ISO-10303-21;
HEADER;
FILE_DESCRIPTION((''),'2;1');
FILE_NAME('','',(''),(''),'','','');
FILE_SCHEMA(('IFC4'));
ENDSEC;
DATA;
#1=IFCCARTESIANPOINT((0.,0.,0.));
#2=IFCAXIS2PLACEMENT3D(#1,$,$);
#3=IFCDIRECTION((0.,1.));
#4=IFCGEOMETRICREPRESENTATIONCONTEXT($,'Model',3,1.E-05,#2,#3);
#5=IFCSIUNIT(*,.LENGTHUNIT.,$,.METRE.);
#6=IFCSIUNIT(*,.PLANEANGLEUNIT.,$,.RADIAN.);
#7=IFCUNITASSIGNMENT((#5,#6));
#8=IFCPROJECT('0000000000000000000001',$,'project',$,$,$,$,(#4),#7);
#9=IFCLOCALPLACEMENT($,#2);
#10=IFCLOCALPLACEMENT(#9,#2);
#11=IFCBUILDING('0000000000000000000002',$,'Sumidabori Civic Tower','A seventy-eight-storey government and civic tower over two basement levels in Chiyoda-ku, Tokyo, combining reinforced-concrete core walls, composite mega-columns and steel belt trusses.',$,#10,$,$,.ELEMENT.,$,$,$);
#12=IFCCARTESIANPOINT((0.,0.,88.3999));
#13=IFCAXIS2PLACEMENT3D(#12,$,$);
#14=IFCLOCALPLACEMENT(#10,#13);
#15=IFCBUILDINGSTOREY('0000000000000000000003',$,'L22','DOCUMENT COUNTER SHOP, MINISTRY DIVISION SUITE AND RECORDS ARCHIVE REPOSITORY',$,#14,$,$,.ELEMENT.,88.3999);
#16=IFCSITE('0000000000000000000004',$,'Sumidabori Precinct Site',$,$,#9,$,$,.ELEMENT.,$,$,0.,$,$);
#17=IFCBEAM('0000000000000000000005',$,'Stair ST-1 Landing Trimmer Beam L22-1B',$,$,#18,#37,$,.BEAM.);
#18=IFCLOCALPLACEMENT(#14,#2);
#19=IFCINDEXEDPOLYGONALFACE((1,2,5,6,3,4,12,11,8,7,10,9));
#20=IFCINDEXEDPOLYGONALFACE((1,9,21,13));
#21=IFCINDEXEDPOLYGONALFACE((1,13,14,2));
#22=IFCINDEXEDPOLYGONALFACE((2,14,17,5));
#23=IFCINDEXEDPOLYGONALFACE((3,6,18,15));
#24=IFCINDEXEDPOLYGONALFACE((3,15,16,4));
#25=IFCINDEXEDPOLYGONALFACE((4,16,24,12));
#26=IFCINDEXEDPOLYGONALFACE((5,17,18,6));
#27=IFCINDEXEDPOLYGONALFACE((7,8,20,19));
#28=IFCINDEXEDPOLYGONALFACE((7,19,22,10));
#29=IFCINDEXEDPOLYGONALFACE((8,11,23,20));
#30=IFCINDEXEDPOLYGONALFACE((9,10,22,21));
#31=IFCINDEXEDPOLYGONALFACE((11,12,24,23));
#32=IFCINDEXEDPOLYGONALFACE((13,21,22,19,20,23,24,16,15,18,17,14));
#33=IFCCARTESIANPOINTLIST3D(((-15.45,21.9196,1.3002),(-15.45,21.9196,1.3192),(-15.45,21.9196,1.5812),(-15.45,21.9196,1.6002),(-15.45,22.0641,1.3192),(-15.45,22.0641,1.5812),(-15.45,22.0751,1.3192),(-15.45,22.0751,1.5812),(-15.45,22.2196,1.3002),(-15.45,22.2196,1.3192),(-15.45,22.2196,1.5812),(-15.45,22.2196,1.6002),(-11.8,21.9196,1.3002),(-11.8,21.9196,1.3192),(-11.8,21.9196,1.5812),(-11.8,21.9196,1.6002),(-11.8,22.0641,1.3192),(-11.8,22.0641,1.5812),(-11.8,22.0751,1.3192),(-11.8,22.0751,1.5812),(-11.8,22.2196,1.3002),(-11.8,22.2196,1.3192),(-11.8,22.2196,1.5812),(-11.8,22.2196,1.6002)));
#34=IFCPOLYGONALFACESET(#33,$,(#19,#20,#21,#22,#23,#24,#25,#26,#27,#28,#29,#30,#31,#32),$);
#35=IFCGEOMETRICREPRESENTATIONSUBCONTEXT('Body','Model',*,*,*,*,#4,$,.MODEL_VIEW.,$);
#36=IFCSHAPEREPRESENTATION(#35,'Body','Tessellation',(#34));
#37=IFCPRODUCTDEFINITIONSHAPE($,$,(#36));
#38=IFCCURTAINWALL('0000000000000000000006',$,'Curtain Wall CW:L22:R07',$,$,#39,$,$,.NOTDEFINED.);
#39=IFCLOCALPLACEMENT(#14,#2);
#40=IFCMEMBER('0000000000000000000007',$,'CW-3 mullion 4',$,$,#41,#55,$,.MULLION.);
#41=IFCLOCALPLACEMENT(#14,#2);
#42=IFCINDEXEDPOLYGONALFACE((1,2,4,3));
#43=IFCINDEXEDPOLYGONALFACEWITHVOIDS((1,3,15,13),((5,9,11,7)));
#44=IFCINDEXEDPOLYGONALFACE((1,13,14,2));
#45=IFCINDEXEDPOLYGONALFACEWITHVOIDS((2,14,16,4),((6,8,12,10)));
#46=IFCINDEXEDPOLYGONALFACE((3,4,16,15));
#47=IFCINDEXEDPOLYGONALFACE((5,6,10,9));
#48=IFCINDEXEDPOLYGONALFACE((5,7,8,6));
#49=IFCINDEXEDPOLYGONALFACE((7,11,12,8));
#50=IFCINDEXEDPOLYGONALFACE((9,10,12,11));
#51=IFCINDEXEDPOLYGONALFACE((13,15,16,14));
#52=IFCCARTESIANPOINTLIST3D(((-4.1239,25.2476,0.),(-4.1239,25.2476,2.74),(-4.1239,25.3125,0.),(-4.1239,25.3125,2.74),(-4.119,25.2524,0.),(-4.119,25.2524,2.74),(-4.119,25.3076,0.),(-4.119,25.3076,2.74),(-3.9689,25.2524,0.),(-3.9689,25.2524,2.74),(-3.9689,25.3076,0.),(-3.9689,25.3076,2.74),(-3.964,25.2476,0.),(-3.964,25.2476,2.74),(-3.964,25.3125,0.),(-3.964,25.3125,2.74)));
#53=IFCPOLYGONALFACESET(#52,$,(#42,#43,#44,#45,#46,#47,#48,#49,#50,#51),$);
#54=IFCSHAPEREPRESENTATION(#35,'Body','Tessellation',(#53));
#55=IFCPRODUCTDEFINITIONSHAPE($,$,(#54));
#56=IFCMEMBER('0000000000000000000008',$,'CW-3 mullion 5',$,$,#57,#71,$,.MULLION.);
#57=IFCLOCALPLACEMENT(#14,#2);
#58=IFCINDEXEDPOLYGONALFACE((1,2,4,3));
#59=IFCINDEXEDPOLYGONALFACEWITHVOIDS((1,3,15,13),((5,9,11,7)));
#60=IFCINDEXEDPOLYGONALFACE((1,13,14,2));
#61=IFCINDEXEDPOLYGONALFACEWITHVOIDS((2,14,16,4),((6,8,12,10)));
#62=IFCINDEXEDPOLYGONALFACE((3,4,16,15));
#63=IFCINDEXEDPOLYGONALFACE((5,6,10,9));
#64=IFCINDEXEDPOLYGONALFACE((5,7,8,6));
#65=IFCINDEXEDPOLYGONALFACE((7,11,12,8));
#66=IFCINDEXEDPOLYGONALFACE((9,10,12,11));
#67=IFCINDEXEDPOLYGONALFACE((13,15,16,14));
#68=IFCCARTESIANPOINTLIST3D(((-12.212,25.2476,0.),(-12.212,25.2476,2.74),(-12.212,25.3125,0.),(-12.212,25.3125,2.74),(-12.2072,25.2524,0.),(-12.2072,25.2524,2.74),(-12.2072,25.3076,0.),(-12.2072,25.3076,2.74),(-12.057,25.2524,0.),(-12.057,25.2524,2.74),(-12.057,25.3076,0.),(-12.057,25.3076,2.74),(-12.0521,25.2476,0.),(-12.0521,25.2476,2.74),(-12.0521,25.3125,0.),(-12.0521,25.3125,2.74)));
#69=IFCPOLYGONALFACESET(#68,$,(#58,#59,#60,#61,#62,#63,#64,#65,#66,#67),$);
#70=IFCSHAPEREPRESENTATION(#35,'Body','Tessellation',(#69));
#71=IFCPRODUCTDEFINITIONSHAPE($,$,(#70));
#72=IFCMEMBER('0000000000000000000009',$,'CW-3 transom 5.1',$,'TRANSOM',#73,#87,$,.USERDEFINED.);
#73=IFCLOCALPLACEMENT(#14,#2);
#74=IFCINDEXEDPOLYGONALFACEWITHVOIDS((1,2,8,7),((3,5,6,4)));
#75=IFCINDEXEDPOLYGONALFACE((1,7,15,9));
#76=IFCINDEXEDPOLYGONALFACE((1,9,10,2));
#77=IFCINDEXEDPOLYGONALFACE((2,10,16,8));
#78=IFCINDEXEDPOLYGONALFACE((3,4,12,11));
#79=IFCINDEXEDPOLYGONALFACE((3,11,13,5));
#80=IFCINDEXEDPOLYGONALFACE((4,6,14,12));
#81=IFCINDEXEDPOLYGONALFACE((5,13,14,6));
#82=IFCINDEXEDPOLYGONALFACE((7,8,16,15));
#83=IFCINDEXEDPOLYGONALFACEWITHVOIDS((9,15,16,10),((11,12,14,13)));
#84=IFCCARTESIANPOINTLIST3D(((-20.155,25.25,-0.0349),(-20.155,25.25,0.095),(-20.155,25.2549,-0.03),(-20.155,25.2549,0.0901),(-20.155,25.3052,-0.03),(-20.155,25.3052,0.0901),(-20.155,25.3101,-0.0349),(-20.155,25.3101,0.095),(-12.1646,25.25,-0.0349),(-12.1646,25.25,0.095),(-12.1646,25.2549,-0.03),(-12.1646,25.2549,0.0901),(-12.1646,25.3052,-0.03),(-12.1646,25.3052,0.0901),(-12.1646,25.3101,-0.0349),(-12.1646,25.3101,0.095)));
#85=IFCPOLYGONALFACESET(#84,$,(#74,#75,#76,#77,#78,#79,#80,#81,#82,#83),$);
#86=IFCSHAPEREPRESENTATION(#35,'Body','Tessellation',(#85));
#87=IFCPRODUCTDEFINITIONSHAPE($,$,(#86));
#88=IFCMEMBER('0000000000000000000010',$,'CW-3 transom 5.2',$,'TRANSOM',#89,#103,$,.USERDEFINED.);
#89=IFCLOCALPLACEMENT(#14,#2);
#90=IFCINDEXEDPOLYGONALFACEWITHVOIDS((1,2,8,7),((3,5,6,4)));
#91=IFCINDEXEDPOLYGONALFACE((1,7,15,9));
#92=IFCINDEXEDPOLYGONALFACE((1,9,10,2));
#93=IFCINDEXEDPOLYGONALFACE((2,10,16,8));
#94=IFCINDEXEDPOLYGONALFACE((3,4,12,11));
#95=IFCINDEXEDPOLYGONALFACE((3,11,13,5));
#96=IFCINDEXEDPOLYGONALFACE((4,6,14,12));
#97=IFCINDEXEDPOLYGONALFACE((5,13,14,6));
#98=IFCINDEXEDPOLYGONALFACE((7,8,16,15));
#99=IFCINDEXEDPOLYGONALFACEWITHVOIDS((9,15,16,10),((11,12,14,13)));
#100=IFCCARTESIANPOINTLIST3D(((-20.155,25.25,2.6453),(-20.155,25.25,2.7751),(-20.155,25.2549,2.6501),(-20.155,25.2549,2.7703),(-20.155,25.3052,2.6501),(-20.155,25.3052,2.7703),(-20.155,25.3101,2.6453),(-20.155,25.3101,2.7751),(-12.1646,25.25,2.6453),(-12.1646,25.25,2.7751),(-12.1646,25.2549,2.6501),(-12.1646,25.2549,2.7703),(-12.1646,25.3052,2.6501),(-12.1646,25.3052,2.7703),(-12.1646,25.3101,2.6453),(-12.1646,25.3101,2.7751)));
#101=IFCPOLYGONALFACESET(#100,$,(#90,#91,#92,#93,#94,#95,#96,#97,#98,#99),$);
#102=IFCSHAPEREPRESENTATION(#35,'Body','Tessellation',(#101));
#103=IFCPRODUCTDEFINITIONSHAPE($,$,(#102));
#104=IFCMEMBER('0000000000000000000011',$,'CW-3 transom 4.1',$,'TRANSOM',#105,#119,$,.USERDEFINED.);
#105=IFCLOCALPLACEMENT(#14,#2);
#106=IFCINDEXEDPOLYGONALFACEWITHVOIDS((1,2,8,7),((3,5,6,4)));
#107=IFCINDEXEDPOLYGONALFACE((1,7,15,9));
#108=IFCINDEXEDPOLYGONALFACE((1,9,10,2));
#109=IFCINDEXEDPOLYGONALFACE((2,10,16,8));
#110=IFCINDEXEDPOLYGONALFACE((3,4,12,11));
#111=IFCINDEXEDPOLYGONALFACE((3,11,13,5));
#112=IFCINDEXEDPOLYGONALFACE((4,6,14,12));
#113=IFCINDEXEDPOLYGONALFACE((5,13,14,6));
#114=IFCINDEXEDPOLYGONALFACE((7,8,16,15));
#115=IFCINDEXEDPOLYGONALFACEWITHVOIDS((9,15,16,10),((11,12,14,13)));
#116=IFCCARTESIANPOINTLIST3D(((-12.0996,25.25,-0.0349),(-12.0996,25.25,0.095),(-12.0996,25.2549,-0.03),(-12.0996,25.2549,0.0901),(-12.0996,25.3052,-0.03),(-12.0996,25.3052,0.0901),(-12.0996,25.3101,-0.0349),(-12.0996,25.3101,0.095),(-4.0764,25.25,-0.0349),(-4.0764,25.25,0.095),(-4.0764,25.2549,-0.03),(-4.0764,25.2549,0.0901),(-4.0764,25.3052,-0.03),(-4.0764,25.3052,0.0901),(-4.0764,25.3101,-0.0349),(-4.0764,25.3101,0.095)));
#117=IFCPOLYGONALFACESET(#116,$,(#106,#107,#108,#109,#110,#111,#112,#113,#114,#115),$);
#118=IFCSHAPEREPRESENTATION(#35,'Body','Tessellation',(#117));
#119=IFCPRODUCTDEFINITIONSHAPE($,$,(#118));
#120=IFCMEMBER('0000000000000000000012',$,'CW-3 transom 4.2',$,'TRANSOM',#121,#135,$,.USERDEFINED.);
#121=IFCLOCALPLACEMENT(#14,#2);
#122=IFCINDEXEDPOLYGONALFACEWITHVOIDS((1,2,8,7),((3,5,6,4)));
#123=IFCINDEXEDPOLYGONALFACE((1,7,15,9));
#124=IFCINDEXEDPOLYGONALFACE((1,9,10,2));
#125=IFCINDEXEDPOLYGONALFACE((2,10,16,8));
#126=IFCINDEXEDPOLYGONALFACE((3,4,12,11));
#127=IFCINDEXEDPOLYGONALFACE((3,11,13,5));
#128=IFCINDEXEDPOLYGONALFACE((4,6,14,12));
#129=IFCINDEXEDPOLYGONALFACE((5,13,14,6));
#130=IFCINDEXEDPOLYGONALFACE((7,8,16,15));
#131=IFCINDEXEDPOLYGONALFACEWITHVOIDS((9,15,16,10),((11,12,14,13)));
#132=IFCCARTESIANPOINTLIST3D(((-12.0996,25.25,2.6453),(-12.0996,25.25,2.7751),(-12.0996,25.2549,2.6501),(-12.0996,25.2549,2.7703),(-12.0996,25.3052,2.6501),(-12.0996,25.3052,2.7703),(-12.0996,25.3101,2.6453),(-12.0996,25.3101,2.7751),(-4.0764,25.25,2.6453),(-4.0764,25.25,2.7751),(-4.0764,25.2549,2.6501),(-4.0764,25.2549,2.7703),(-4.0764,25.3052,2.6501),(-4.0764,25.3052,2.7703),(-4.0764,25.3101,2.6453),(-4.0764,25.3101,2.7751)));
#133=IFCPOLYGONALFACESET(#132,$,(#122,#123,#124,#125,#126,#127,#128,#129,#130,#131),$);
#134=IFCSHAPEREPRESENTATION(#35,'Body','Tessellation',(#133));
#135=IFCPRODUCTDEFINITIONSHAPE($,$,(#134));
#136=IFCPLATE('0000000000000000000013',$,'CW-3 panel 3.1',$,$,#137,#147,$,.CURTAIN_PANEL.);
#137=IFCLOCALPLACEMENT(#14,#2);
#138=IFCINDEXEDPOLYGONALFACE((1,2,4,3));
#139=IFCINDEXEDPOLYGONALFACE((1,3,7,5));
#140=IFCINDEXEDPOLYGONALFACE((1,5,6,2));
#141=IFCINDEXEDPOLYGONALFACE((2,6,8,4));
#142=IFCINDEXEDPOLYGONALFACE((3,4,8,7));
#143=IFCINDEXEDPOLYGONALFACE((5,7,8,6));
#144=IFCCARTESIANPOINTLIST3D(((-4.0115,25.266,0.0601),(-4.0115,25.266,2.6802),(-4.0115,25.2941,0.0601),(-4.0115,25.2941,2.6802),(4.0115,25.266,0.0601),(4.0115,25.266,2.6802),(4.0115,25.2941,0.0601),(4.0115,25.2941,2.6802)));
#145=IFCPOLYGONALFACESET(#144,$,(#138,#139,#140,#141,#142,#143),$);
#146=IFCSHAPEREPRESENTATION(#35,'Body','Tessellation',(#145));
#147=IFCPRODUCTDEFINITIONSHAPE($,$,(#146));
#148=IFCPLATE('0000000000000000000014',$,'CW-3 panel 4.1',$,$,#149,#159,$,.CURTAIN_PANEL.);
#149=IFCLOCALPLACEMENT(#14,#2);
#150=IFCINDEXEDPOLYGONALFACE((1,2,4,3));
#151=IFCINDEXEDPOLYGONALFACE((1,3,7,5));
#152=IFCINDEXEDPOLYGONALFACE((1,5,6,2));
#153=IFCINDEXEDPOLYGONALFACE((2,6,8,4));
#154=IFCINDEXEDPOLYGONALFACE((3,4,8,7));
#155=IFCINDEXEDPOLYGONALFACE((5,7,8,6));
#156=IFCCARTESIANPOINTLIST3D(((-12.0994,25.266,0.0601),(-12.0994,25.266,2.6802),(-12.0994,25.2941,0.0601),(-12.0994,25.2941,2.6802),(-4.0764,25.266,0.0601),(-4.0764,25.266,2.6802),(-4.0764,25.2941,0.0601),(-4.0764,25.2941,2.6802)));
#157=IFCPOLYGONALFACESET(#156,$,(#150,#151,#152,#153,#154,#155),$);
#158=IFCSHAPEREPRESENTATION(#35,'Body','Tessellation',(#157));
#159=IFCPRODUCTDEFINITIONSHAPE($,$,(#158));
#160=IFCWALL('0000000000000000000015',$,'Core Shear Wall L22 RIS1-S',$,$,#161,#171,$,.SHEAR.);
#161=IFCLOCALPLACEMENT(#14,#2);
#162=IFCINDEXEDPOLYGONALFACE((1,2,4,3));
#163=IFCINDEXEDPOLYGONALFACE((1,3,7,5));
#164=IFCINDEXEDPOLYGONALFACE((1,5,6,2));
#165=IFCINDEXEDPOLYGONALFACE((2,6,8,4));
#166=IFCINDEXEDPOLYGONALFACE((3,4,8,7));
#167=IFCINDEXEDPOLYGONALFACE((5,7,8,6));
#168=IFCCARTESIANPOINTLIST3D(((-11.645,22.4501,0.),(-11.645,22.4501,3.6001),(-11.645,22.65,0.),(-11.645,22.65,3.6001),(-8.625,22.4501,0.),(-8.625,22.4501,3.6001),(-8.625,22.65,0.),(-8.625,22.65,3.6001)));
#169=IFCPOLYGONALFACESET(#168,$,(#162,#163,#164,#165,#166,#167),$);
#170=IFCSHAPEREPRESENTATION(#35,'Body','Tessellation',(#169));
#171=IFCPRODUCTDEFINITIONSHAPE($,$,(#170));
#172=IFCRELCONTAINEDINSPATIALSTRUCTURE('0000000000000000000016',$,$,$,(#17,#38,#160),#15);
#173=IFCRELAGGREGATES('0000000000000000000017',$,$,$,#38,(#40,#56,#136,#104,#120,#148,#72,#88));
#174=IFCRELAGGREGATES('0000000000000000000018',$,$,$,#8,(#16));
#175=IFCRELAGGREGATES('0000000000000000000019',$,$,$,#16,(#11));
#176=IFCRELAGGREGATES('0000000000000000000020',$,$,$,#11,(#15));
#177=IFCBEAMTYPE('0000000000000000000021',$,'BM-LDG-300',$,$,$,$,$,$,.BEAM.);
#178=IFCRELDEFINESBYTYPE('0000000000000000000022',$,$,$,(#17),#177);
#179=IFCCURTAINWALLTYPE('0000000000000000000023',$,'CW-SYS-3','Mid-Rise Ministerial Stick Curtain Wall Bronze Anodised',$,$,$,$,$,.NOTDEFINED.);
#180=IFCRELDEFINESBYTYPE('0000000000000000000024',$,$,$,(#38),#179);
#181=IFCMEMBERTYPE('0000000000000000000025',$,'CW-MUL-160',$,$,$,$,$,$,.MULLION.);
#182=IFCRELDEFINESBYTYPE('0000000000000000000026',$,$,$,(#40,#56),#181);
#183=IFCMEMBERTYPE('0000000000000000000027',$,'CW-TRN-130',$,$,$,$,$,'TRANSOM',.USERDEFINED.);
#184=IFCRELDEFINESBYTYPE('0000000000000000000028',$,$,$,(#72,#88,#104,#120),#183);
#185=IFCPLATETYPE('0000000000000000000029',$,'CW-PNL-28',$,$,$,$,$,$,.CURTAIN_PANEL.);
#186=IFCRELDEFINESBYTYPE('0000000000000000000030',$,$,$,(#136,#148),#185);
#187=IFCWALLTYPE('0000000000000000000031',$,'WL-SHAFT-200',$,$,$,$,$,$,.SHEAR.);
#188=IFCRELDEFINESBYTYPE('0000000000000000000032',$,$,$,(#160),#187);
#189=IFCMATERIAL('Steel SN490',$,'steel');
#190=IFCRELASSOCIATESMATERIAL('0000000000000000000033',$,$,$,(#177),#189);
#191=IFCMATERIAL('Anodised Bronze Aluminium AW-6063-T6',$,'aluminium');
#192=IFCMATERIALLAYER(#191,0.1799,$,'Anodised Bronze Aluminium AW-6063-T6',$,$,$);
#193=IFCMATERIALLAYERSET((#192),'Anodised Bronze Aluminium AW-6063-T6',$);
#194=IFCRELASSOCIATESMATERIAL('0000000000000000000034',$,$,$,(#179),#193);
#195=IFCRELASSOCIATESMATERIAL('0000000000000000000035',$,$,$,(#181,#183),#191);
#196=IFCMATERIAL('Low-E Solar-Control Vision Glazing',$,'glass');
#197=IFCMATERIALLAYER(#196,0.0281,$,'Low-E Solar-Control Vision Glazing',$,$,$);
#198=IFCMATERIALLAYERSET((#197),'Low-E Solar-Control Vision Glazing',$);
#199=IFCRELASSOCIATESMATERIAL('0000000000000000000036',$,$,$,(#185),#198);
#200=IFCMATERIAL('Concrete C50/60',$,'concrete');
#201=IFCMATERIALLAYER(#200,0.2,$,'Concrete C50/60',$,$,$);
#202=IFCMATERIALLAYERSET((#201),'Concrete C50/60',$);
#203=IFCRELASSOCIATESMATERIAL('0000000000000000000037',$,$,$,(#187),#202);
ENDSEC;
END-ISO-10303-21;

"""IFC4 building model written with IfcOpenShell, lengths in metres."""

from ifc_helpers import new_model, si_unit, direction, frame, frame_2d, origin, origin_2d, place, context, subcontext, project, spatial, rectangle, hollow_rectangle, i_section, extrude, source, transform, mapped, material, layer, layer_set, material_profile, profile_set, type_object, element, aggregate, save


model = new_model("IFC4")

# Units and contexts
model_context = context("Model", 3, precision=1e-05, world=origin(), true_north=direction((0.0, 1.0)))
body_context = subcontext(model_context, "Body", "Model", "MODEL_VIEW")
ifc_project = project(units=[si_unit("LENGTHUNIT", "METRE"), si_unit("PLANEANGLEUNIT", "RADIAN")], contexts=[model_context])

# Site, building, storey
site_placement = place(None, origin())
site = spatial("IfcSite", under=ifc_project, at=site_placement, Name="Sumidabori Precinct Site", CompositionType="ELEMENT", RefElevation=0.0)
building_placement = place(site_placement, origin())
building = spatial("IfcBuilding", under=site, at=building_placement, Name="Sumidabori Civic Tower", Description="A seventy-eight-storey government and civic tower over two basement levels in Chiyoda-ku, Tokyo, combining reinforced-concrete core walls, composite mega-columns and steel belt trusses.", CompositionType="ELEMENT")
storey_placement = place(building_placement, frame((0.0, 0.0, 88.3999)))
storey = spatial("IfcBuildingStorey", under=building, at=storey_placement, Name="L22", Description="DOCUMENT COUNTER SHOP, MINISTRY DIVISION SUITE AND RECORDS ARCHIVE REPOSITORY", CompositionType="ELEMENT", Elevation=88.3999)

# Beam
ifc_material_1 = material(Name="Steel SN490", Category="steel")
ifc_material_profile_1 = material_profile(ifc_material_1, i_section(OverallWidth=0.3, OverallDepth=0.3, WebThickness=0.011, FlangeThickness=0.019, at=origin_2d()), Name="HE 300 B")
ifc_profile_set_1 = profile_set([ifc_material_profile_1], Name="Steel SN490")
beam_type = type_object("IfcBeamType", Name="BM-LDG-300", PredefinedType="BEAM", material=ifc_profile_set_1)
shared_shape_1 = source(origin(), body_context, "Body", "SweptSolid", [
    extrude(i_section(OverallWidth=0.3, OverallDepth=0.3, WebThickness=0.011, FlangeThickness=0.019, at=origin_2d()), origin(), (0.0, 0.0, 1.0), 3.6499),
])
beam_placement = place(storey_placement, frame((-15.45, 22.0696, 1.4502), z_axis=(1.0, 0.0, 0.0), x_axis=(0.0, 1.0, 0.0)))
element("IfcBeam", 1, at=beam_placement, inside=storey, type_object=beam_type, Name="Stair ST-1 Landing Trimmer Beam L22-1B", PredefinedType="BEAM", context=body_context, shape_type="MappedRepresentation", body=[
    mapped(shared_shape_1, transform((0.0, 0.0, 0.0), x_axis=(1.0, 0.0, 0.0), y_axis=(0.0, 1.0, 0.0), z_axis=(0.0, 0.0, 1.0), scale=1.0)),
])

# Curtain wall, members, plates
ifc_material_2 = material(Name="Anodised Bronze Aluminium AW-6063-T6", Category="aluminium")
ifc_layer_1 = layer(ifc_material_2, 0.1799, Name="Anodised Bronze Aluminium AW-6063-T6")
ifc_layer_set_1 = layer_set([ifc_layer_1], Name="Anodised Bronze Aluminium AW-6063-T6")
curtain_wall_type = type_object("IfcCurtainWallType", Name="CW-SYS-3", Description="Mid-Rise Ministerial Stick Curtain Wall Bronze Anodised", PredefinedType="NOTDEFINED", material=ifc_layer_set_1)
curtain_wall_placement = place(storey_placement, origin())
curtain_wall = element("IfcCurtainWall", 2, at=curtain_wall_placement, inside=storey, type_object=curtain_wall_type, Name="Curtain Wall CW:L22:R07", PredefinedType="NOTDEFINED")
ifc_material_profile_2 = material_profile(ifc_material_2, hollow_rectangle(XDim=0.0649, YDim=0.1599, WallThickness=0.0049, at=origin_2d()), Name="ALU MULLION 160x65")
ifc_profile_set_2 = profile_set([ifc_material_profile_2], Name="Anodised Bronze Aluminium AW-6063-T6")
member_type_1 = type_object("IfcMemberType", Name="CW-MUL-160", PredefinedType="MULLION", material=ifc_profile_set_2)
shared_shape_2 = source(origin(), body_context, "Body", "SweptSolid", [
    extrude(hollow_rectangle(XDim=0.0649, YDim=0.1599, WallThickness=0.0049, at=origin_2d()), origin(), (0.0, 0.0, 1.0), 2.74),
])
member_1_placement = place(storey_placement, frame((-4.0439, 25.28, 0.0), z_axis=(0.0, 0.0, 1.0), x_axis=(0.0, -1.0, 0.0)))
member_1 = element("IfcMember", 3, at=member_1_placement, type_object=member_type_1, Name="CW-3 mullion 4", PredefinedType="MULLION", context=body_context, shape_type="MappedRepresentation", body=[
    mapped(shared_shape_2, transform((0.0, 0.0, 0.0), x_axis=(1.0, 0.0, 0.0), y_axis=(0.0, 1.0, 0.0), z_axis=(0.0, 0.0, 1.0), scale=1.0)),
])
member_2_placement = place(storey_placement, frame((-12.1321, 25.28, 0.0), z_axis=(0.0, 0.0, 1.0), x_axis=(0.0, -1.0, 0.0)))
member_2 = element("IfcMember", 4, at=member_2_placement, type_object=member_type_1, Name="CW-3 mullion 5", PredefinedType="MULLION", context=body_context, shape_type="MappedRepresentation", body=[
    mapped(shared_shape_2, transform((0.0, 0.0, 0.0), x_axis=(1.0, 0.0, 0.0), y_axis=(0.0, 1.0, 0.0), z_axis=(0.0, 0.0, 1.0), scale=1.0)),
])
ifc_material_profile_3 = material_profile(ifc_material_2, hollow_rectangle(XDim=0.0601, YDim=0.1299, WallThickness=0.0049, at=origin_2d()), Name="ALU TRANSOM 130x60")
ifc_profile_set_3 = profile_set([ifc_material_profile_3], Name="Anodised Bronze Aluminium AW-6063-T6")
member_type_2 = type_object("IfcMemberType", Name="CW-TRN-130", ElementType="TRANSOM", PredefinedType="USERDEFINED", material=ifc_profile_set_3)
shared_shape_3 = source(origin(), body_context, "Body", "SweptSolid", [
    extrude(hollow_rectangle(XDim=0.0601, YDim=0.1299, WallThickness=0.0049, at=origin_2d()), origin(), (0.0, 0.0, 1.0), 7.9905),
])
member_3_placement = place(storey_placement, frame((-12.1646, 25.28, 0.03), z_axis=(-1.0, 0.0, 0.0), x_axis=(0.0, -1.0, 0.0)))
member_3 = element("IfcMember", 5, at=member_3_placement, type_object=member_type_2, Name="CW-3 transom 5.1", ObjectType="TRANSOM", PredefinedType="USERDEFINED", context=body_context, shape_type="MappedRepresentation", body=[
    mapped(shared_shape_3, transform((0.0, 0.0, 0.0), x_axis=(1.0, 0.0, 0.0), y_axis=(0.0, 1.0, 0.0), z_axis=(0.0, 0.0, 1.0), scale=1.0)),
])
member_4_placement = place(storey_placement, frame((-12.1646, 25.28, 2.7102), z_axis=(-1.0, 0.0, 0.0), x_axis=(0.0, -1.0, 0.0)))
member_4 = element("IfcMember", 6, at=member_4_placement, type_object=member_type_2, Name="CW-3 transom 5.2", ObjectType="TRANSOM", PredefinedType="USERDEFINED", context=body_context, shape_type="MappedRepresentation", body=[
    mapped(shared_shape_3, transform((0.0, 0.0, 0.0), x_axis=(1.0, 0.0, 0.0), y_axis=(0.0, 1.0, 0.0), z_axis=(0.0, 0.0, 1.0), scale=1.0)),
])
shared_shape_4 = source(origin(), body_context, "Body", "SweptSolid", [
    extrude(hollow_rectangle(XDim=0.0601, YDim=0.1299, WallThickness=0.0049, at=origin_2d()), origin(), (0.0, 0.0, 1.0), 8.0232),
])
member_5_placement = place(storey_placement, frame((-4.0764, 25.28, 0.03), z_axis=(-1.0, 0.0, 0.0), x_axis=(0.0, -1.0, 0.0)))
member_5 = element("IfcMember", 7, at=member_5_placement, type_object=member_type_2, Name="CW-3 transom 4.1", ObjectType="TRANSOM", PredefinedType="USERDEFINED", context=body_context, shape_type="MappedRepresentation", body=[
    mapped(shared_shape_4, transform((0.0, 0.0, 0.0), x_axis=(1.0, 0.0, 0.0), y_axis=(0.0, 1.0, 0.0), z_axis=(0.0, 0.0, 1.0), scale=1.0)),
])
member_6_placement = place(storey_placement, frame((-4.0764, 25.28, 2.7102), z_axis=(-1.0, 0.0, 0.0), x_axis=(0.0, -1.0, 0.0)))
member_6 = element("IfcMember", 8, at=member_6_placement, type_object=member_type_2, Name="CW-3 transom 4.2", ObjectType="TRANSOM", PredefinedType="USERDEFINED", context=body_context, shape_type="MappedRepresentation", body=[
    mapped(shared_shape_4, transform((0.0, 0.0, 0.0), x_axis=(1.0, 0.0, 0.0), y_axis=(0.0, 1.0, 0.0), z_axis=(0.0, 0.0, 1.0), scale=1.0)),
])
ifc_material_3 = material(Name="Low-E Solar-Control Vision Glazing", Category="glass")
ifc_layer_2 = layer(ifc_material_3, 0.0281, Name="Low-E Solar-Control Vision Glazing")
ifc_layer_set_2 = layer_set([ifc_layer_2], Name="Low-E Solar-Control Vision Glazing")
plate_type = type_object("IfcPlateType", Name="CW-PNL-28", PredefinedType="CURTAIN_PANEL", material=ifc_layer_set_2)
shared_shape_5 = source(origin(), body_context, "Body", "SweptSolid", [
    extrude(rectangle(XDim=8.0229, YDim=0.0281, at=origin_2d()), origin(), (0.0, 0.0, 1.0), 2.6201),
])
plate_1_placement = place(storey_placement, frame((0.0, 25.28, 0.0601), z_axis=(0.0, 0.0, 1.0), x_axis=(-1.0, 0.0, 0.0)))
plate_1 = element("IfcPlate", 9, at=plate_1_placement, type_object=plate_type, Name="CW-3 panel 3.1", PredefinedType="CURTAIN_PANEL", context=body_context, shape_type="MappedRepresentation", body=[
    mapped(shared_shape_5, transform((0.0, 0.0, 0.0), x_axis=(1.0, 0.0, 0.0), y_axis=(0.0, 1.0, 0.0), z_axis=(0.0, 0.0, 1.0), scale=1.0)),
])
plate_2_placement = place(storey_placement, frame((-8.0879, 25.28, 0.0601), z_axis=(0.0, 0.0, 1.0), x_axis=(-1.0, 0.0, 0.0)))
plate_2 = element("IfcPlate", 10, at=plate_2_placement, type_object=plate_type, Name="CW-3 panel 4.1", PredefinedType="CURTAIN_PANEL", context=body_context, shape_type="MappedRepresentation", body=[
    mapped(shared_shape_5, transform((0.0, 0.0, 0.0), x_axis=(1.0, 0.0, 0.0), y_axis=(0.0, 1.0, 0.0), z_axis=(0.0, 0.0, 1.0), scale=1.0)),
])
aggregate(curtain_wall, [member_1, member_2, plate_1, member_5, member_6, plate_2, member_3, member_4])

# Wall
ifc_material_4 = material(Name="Concrete C50/60", Category="concrete")
ifc_layer_3 = layer(ifc_material_4, 0.2, Name="Concrete C50/60")
ifc_layer_set_3 = layer_set([ifc_layer_3], Name="Concrete C50/60")
wall_type_1 = type_object("IfcWallType", Name="WL-SHAFT-200", PredefinedType="SHEAR", material=ifc_layer_set_3)
shared_shape_6 = source(origin(), body_context, "Body", "SweptSolid", [
    extrude(rectangle(XDim=3.02, YDim=0.2, at=frame_2d((1.51, 0.0))), origin(), (0.0, 0.0, 1.0), 3.6001),
])
wall_1_placement = place(storey_placement, frame((-11.645, 22.55, 0.0), z_axis=(0.0, 0.0, 1.0), x_axis=(1.0, 0.0, 0.0)))
element("IfcWall", 11, at=wall_1_placement, inside=storey, type_object=wall_type_1, Name="Core Shear Wall L22 RIS1-S", PredefinedType="SHEAR", context=body_context, shape_type="MappedRepresentation", body=[
    mapped(shared_shape_6, transform((0.0, 0.0, 0.0), x_axis=(1.0, 0.0, 0.0), y_axis=(0.0, 1.0, 0.0), z_axis=(0.0, 0.0, 1.0), scale=1.0)),
])

save(model, "model.ifc")
